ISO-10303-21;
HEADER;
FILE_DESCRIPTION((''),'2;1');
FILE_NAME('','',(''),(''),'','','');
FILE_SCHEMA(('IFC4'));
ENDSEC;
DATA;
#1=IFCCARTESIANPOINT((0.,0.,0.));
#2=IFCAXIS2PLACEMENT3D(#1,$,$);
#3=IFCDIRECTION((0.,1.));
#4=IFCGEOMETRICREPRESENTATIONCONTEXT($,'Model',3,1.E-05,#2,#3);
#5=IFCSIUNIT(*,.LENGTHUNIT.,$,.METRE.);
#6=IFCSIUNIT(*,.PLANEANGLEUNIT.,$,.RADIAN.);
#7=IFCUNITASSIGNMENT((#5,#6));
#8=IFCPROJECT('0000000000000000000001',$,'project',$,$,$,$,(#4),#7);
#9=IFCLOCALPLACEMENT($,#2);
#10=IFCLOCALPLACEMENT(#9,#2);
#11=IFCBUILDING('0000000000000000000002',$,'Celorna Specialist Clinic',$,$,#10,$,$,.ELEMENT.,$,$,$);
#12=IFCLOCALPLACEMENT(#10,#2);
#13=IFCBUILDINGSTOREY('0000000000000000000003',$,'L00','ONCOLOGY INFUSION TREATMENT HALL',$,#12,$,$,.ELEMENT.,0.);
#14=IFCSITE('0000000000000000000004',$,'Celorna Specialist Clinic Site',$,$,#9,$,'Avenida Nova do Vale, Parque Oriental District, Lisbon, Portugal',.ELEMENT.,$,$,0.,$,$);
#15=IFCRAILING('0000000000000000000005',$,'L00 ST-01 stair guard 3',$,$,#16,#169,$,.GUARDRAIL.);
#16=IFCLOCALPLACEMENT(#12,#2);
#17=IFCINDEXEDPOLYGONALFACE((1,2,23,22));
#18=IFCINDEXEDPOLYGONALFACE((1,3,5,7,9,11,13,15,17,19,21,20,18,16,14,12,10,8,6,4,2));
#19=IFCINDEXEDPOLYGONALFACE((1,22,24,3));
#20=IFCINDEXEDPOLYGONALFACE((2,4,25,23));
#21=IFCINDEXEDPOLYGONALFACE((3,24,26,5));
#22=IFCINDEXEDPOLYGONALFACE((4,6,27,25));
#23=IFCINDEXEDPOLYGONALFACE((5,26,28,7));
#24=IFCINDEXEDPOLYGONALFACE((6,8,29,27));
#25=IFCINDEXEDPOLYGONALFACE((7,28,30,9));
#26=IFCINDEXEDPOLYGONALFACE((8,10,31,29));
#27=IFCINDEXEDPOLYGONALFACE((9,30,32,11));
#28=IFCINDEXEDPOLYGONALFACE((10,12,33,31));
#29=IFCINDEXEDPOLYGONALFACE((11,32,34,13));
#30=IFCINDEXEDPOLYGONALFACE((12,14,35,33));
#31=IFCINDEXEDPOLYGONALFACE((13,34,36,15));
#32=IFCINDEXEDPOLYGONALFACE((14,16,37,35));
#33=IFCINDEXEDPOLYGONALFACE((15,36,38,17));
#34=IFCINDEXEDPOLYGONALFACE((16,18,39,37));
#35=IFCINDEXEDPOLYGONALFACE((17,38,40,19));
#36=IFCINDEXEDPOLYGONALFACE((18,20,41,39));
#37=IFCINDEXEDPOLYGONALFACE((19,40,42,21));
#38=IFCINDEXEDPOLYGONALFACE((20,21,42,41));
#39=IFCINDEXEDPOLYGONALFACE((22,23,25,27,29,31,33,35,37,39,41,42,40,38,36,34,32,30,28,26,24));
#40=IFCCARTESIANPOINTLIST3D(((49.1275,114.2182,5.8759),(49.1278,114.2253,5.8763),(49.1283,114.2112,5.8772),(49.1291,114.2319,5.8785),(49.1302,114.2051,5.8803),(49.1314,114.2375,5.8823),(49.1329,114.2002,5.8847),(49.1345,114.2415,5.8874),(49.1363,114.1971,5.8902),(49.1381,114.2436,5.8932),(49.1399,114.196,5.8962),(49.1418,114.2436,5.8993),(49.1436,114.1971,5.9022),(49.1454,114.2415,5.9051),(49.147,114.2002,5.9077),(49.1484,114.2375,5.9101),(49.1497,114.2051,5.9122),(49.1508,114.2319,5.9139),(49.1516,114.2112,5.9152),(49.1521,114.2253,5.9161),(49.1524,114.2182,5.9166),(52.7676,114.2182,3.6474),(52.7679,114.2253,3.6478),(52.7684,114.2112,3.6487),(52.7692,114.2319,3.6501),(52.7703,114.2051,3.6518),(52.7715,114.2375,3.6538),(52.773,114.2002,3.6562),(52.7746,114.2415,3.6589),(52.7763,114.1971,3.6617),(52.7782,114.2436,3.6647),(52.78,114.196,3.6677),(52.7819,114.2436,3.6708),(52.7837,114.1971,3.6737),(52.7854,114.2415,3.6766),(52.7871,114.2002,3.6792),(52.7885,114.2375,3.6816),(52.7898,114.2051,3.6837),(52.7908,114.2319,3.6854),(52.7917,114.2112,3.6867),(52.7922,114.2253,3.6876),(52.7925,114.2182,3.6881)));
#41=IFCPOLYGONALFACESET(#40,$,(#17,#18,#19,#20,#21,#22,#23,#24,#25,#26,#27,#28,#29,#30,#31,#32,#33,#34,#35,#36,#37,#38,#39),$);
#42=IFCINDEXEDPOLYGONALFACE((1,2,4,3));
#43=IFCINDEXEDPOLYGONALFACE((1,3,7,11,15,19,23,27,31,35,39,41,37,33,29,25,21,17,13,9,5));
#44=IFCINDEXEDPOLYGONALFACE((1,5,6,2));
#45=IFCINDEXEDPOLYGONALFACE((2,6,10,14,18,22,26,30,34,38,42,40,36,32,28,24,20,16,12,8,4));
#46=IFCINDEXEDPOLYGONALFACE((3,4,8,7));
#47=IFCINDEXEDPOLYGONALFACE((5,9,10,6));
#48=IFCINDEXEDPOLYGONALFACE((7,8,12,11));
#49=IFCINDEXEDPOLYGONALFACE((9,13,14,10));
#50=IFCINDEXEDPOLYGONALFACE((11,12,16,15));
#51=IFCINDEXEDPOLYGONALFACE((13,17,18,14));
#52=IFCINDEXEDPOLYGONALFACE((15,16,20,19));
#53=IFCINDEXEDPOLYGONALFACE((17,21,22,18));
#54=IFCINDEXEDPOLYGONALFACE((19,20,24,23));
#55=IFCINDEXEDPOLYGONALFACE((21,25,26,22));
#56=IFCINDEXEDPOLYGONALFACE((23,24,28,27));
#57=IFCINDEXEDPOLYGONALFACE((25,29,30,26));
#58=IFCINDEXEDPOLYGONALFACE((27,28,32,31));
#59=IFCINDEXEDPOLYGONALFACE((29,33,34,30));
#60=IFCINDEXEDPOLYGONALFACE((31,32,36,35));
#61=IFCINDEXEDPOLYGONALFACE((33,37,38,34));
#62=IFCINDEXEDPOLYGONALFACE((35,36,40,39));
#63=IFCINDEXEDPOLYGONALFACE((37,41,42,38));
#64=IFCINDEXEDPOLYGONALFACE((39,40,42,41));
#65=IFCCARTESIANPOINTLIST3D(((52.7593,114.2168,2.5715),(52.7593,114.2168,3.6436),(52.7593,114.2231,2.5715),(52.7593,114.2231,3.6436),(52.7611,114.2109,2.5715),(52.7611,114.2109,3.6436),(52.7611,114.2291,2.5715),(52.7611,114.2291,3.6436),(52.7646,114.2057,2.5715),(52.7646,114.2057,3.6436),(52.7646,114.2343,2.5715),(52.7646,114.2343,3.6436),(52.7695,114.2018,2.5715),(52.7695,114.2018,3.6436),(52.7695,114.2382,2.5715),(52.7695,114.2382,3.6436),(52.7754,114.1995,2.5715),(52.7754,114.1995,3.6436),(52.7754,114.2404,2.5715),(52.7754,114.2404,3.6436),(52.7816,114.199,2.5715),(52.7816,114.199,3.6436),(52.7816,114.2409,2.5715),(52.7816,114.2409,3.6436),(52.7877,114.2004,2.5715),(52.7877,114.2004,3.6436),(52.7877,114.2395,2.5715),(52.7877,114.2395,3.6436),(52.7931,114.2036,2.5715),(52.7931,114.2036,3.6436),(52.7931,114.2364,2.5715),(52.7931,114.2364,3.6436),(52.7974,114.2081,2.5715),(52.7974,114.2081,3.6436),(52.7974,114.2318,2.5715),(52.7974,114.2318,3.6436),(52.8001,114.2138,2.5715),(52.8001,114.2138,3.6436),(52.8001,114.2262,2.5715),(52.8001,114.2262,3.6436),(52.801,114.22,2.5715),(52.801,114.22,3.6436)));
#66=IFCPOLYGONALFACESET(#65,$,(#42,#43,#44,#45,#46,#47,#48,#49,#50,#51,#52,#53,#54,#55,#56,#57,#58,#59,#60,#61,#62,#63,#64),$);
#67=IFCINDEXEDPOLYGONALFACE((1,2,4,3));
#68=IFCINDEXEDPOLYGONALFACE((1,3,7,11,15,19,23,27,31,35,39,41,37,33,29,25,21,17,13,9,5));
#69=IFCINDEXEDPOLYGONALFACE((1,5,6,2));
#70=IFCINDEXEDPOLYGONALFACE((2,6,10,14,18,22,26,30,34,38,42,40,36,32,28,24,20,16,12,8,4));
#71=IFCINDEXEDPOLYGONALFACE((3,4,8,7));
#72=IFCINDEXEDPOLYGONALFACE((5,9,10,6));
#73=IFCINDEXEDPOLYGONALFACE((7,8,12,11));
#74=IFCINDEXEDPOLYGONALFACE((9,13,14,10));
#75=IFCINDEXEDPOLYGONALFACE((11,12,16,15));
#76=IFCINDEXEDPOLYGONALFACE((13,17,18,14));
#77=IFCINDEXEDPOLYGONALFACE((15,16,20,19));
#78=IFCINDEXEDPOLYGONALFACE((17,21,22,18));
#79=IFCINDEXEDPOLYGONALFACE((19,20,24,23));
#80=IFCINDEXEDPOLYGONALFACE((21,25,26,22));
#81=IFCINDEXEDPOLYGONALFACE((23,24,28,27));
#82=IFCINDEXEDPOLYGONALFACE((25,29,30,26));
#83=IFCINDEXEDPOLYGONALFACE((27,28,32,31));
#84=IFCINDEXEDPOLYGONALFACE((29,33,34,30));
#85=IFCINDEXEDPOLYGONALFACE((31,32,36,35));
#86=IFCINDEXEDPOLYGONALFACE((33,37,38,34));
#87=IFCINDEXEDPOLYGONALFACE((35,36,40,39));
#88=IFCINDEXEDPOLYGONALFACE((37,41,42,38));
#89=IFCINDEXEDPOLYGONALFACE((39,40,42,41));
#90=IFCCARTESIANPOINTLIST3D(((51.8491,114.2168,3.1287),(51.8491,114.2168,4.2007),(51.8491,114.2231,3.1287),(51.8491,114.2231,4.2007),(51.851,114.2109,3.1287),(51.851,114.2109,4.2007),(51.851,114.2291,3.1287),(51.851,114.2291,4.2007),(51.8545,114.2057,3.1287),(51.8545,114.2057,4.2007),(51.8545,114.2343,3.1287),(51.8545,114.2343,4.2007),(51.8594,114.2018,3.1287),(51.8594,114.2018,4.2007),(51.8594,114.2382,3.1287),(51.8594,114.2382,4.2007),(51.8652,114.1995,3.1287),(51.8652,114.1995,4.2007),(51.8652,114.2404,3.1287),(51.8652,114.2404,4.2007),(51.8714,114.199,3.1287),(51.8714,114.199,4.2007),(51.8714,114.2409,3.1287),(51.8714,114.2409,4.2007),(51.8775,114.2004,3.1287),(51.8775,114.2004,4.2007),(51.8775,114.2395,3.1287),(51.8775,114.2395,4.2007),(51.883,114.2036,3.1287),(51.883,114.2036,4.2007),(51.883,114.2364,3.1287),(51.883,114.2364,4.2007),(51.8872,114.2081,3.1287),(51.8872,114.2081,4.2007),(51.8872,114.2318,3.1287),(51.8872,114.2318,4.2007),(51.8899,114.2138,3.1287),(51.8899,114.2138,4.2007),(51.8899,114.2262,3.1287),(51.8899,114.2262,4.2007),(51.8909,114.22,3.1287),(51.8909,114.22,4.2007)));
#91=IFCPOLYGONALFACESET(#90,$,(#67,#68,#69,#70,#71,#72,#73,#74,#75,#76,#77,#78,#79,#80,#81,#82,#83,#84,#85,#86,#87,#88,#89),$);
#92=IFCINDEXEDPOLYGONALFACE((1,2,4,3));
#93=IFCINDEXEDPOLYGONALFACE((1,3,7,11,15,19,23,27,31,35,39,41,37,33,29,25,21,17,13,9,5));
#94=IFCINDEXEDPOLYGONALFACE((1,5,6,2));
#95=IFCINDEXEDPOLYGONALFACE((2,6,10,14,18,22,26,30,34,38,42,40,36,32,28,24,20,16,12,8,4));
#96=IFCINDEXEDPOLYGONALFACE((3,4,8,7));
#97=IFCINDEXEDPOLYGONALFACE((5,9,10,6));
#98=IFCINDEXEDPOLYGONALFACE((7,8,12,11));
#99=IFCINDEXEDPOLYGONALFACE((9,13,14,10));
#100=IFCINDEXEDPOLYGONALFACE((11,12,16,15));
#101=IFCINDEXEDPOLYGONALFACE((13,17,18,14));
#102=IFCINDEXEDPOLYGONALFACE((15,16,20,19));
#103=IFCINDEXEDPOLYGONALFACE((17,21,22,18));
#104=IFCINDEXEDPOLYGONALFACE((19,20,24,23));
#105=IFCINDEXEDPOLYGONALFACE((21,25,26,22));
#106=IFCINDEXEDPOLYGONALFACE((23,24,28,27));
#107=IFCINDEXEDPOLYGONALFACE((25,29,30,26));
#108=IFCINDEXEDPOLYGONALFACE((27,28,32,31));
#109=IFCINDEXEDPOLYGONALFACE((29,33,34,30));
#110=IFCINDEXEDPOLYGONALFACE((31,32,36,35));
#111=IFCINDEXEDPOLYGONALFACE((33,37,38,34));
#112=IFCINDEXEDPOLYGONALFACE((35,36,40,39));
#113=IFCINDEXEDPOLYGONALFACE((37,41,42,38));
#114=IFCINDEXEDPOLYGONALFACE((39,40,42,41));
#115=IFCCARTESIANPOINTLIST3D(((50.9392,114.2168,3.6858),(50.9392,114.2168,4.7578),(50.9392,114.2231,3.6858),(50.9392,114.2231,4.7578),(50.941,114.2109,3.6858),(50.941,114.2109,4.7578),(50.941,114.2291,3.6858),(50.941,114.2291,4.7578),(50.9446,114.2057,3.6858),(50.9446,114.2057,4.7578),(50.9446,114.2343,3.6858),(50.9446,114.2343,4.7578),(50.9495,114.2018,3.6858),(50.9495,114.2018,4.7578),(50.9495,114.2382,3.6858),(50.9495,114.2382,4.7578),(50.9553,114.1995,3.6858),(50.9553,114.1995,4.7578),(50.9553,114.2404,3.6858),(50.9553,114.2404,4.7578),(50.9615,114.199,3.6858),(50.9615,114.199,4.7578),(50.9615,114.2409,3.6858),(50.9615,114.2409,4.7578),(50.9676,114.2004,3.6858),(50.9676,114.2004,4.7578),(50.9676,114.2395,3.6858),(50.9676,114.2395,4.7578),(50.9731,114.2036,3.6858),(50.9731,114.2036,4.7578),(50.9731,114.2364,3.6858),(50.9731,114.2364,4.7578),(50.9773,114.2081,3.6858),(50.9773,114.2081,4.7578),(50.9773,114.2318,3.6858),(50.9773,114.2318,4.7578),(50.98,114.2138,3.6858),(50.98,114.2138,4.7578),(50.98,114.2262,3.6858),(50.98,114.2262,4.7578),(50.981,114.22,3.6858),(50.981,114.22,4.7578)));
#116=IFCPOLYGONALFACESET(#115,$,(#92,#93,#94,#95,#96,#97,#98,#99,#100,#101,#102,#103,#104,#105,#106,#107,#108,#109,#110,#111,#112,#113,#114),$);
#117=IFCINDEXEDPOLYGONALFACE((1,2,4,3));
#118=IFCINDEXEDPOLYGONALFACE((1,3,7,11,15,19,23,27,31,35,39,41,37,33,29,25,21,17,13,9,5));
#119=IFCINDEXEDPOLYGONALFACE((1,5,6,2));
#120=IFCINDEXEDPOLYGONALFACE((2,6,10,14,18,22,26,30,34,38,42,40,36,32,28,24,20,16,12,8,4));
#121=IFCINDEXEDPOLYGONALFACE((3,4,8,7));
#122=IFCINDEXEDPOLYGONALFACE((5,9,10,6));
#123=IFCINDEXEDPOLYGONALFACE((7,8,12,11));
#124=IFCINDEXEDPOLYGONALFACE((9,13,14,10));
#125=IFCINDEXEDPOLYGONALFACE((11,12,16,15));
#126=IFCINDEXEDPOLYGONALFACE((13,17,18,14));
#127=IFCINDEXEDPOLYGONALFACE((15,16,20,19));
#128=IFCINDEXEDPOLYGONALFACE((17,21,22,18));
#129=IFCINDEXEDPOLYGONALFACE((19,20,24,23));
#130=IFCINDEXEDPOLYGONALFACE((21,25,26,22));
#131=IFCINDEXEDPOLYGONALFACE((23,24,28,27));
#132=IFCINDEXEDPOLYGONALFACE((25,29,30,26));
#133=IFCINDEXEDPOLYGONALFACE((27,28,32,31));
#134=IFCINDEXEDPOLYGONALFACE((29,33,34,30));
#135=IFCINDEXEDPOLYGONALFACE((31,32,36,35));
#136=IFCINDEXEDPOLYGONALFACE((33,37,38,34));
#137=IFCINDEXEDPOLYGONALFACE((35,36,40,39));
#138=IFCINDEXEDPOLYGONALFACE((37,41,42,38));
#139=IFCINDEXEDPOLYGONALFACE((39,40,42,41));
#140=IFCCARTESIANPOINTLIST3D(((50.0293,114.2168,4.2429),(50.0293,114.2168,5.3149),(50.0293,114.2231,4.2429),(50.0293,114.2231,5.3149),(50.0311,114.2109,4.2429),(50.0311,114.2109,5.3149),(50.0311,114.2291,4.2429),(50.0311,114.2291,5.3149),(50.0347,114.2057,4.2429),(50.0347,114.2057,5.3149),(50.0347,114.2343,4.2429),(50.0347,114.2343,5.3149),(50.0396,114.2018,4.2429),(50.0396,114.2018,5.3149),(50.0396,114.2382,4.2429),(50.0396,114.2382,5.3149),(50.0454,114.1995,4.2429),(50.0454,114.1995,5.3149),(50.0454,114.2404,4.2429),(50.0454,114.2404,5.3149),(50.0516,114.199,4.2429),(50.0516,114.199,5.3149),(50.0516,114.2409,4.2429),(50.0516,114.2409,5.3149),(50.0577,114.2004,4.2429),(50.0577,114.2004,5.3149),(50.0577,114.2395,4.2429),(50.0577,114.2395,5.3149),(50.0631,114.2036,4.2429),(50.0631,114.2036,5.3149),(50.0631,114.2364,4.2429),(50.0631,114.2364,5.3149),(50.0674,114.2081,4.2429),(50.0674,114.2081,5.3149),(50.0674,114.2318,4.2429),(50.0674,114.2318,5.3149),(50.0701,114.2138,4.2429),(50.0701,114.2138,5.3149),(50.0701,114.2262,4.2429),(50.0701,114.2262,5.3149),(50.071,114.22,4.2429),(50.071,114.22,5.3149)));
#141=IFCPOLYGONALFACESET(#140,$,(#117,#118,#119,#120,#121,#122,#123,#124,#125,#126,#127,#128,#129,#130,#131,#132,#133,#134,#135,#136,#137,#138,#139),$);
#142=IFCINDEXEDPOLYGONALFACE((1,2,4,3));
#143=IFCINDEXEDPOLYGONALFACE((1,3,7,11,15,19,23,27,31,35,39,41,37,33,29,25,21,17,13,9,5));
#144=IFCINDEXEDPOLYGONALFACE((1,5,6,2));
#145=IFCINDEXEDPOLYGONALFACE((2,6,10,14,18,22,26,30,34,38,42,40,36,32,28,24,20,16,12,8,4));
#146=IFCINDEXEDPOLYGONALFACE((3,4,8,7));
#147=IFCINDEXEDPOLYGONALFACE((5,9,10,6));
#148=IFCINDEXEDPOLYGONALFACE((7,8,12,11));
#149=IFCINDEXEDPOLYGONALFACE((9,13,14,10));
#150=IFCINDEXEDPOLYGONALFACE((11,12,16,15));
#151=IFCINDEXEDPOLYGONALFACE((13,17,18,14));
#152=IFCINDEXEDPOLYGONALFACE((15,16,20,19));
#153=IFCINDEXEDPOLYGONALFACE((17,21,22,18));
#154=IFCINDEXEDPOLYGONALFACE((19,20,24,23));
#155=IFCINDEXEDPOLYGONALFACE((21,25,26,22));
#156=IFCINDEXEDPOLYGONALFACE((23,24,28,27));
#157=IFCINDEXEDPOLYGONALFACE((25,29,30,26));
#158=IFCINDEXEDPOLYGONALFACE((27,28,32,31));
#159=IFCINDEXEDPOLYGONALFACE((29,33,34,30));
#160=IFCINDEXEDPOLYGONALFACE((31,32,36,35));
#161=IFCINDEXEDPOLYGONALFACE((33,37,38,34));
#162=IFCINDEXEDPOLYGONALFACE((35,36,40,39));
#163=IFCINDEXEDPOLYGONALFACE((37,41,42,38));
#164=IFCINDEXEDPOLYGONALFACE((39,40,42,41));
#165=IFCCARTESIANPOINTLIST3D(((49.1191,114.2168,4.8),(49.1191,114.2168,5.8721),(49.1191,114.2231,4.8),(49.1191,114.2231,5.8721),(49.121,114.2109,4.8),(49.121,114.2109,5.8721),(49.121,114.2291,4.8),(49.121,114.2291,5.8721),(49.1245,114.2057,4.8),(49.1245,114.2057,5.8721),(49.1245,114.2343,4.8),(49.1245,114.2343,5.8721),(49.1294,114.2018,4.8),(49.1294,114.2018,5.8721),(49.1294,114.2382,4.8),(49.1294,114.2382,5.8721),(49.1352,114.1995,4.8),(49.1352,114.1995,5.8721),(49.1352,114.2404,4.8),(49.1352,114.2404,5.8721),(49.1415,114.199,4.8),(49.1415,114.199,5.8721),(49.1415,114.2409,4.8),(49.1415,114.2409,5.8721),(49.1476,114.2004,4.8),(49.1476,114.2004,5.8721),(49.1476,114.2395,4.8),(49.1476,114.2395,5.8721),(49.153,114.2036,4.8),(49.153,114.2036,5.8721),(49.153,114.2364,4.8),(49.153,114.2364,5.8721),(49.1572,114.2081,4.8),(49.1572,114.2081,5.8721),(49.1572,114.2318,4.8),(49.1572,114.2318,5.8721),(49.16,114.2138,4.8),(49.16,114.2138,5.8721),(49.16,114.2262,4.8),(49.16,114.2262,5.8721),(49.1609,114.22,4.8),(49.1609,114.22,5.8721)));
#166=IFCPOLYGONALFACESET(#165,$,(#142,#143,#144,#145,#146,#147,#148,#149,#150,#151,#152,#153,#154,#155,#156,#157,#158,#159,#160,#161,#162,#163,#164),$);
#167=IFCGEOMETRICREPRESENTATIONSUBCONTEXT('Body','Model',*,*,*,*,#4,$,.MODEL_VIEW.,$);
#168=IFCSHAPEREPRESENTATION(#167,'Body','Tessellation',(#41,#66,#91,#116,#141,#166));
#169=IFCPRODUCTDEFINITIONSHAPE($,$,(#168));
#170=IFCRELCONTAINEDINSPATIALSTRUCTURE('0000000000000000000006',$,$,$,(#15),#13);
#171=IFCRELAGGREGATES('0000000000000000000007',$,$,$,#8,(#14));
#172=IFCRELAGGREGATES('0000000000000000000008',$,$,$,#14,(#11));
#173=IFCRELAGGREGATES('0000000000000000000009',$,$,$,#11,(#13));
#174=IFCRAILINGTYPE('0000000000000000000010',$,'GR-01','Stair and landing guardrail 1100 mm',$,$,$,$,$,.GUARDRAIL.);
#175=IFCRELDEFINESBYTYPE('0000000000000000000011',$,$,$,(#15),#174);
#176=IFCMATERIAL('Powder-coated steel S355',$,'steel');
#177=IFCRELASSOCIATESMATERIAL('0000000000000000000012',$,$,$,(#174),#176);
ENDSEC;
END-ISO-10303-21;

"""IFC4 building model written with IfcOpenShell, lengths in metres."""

from ifc_helpers import new_model, si_unit, direction, frame, origin, origin_2d, place, context, subcontext, project, spatial, circle, extrude, material, type_object, element, save


model = new_model("IFC4")

# Units and contexts
model_context = context("Model", 3, precision=1e-05, world=origin(), true_north=direction((0.0, 1.0)))
body_context = subcontext(model_context, "Body", "Model", "MODEL_VIEW")
ifc_project = project(units=[si_unit("LENGTHUNIT", "METRE"), si_unit("PLANEANGLEUNIT", "RADIAN")], contexts=[model_context])

# Site, building, storey
site_placement = place(None, origin())
site = spatial("IfcSite", under=ifc_project, at=site_placement, Name="Celorna Specialist Clinic Site", LongName="Avenida Nova do Vale, Parque Oriental District, Lisbon, Portugal", CompositionType="ELEMENT", RefElevation=0.0)
building_placement = place(site_placement, origin())
building = spatial("IfcBuilding", under=site, at=building_placement, Name="Celorna Specialist Clinic", CompositionType="ELEMENT")
storey_placement = place(building_placement, origin())
storey = spatial("IfcBuildingStorey", under=building, at=storey_placement, Name="L00", Description="ONCOLOGY INFUSION TREATMENT HALL", CompositionType="ELEMENT", Elevation=0.0)

# Railing
ifc_material_1 = material(Name="Powder-coated steel S355", Category="steel")
railing_type_1 = type_object("IfcRailingType", Name="GR-01", Description="Stair and landing guardrail 1100 mm", PredefinedType="GUARDRAIL", material=ifc_material_1)
railing_1_placement = place(storey_placement, frame((52.78, 114.22, 2.5715)))
element("IfcRailing", 1, at=railing_1_placement, inside=storey, type_object=railing_type_1, Name="L00 ST-01 stair guard 3", PredefinedType="GUARDRAIL", context=body_context, shape_type="SweptSolid", body=[
    extrude(circle(Radius=0.0239, at=origin_2d()), frame((0.0, 0.0, 1.0962), z_axis=(-0.852866, 0.0, 0.52213), x_axis=(0.0, -1.0, 0.0)), (0.0, 0.0, 1.0), 4.2681),
    extrude(circle(Radius=0.021, at=origin_2d()), origin(), (0.0, 0.0, 1.0), 1.072),
    extrude(circle(Radius=0.021, at=origin_2d()), frame((-0.9102, 0.0, 0.5571)), (0.0, 0.0, 1.0), 1.072),
    extrude(circle(Radius=0.021, at=origin_2d()), frame((-1.8201, 0.0, 1.1143)), (0.0, 0.0, 1.0), 1.072),
    extrude(circle(Radius=0.021, at=origin_2d()), frame((-2.73, 0.0, 1.6714)), (0.0, 0.0, 1.0), 1.072),
    extrude(circle(Radius=0.021, at=origin_2d()), frame((-3.6401, 0.0, 2.2285)), (0.0, 0.0, 1.0), 1.072),
])

save(model, "model.ifc")
